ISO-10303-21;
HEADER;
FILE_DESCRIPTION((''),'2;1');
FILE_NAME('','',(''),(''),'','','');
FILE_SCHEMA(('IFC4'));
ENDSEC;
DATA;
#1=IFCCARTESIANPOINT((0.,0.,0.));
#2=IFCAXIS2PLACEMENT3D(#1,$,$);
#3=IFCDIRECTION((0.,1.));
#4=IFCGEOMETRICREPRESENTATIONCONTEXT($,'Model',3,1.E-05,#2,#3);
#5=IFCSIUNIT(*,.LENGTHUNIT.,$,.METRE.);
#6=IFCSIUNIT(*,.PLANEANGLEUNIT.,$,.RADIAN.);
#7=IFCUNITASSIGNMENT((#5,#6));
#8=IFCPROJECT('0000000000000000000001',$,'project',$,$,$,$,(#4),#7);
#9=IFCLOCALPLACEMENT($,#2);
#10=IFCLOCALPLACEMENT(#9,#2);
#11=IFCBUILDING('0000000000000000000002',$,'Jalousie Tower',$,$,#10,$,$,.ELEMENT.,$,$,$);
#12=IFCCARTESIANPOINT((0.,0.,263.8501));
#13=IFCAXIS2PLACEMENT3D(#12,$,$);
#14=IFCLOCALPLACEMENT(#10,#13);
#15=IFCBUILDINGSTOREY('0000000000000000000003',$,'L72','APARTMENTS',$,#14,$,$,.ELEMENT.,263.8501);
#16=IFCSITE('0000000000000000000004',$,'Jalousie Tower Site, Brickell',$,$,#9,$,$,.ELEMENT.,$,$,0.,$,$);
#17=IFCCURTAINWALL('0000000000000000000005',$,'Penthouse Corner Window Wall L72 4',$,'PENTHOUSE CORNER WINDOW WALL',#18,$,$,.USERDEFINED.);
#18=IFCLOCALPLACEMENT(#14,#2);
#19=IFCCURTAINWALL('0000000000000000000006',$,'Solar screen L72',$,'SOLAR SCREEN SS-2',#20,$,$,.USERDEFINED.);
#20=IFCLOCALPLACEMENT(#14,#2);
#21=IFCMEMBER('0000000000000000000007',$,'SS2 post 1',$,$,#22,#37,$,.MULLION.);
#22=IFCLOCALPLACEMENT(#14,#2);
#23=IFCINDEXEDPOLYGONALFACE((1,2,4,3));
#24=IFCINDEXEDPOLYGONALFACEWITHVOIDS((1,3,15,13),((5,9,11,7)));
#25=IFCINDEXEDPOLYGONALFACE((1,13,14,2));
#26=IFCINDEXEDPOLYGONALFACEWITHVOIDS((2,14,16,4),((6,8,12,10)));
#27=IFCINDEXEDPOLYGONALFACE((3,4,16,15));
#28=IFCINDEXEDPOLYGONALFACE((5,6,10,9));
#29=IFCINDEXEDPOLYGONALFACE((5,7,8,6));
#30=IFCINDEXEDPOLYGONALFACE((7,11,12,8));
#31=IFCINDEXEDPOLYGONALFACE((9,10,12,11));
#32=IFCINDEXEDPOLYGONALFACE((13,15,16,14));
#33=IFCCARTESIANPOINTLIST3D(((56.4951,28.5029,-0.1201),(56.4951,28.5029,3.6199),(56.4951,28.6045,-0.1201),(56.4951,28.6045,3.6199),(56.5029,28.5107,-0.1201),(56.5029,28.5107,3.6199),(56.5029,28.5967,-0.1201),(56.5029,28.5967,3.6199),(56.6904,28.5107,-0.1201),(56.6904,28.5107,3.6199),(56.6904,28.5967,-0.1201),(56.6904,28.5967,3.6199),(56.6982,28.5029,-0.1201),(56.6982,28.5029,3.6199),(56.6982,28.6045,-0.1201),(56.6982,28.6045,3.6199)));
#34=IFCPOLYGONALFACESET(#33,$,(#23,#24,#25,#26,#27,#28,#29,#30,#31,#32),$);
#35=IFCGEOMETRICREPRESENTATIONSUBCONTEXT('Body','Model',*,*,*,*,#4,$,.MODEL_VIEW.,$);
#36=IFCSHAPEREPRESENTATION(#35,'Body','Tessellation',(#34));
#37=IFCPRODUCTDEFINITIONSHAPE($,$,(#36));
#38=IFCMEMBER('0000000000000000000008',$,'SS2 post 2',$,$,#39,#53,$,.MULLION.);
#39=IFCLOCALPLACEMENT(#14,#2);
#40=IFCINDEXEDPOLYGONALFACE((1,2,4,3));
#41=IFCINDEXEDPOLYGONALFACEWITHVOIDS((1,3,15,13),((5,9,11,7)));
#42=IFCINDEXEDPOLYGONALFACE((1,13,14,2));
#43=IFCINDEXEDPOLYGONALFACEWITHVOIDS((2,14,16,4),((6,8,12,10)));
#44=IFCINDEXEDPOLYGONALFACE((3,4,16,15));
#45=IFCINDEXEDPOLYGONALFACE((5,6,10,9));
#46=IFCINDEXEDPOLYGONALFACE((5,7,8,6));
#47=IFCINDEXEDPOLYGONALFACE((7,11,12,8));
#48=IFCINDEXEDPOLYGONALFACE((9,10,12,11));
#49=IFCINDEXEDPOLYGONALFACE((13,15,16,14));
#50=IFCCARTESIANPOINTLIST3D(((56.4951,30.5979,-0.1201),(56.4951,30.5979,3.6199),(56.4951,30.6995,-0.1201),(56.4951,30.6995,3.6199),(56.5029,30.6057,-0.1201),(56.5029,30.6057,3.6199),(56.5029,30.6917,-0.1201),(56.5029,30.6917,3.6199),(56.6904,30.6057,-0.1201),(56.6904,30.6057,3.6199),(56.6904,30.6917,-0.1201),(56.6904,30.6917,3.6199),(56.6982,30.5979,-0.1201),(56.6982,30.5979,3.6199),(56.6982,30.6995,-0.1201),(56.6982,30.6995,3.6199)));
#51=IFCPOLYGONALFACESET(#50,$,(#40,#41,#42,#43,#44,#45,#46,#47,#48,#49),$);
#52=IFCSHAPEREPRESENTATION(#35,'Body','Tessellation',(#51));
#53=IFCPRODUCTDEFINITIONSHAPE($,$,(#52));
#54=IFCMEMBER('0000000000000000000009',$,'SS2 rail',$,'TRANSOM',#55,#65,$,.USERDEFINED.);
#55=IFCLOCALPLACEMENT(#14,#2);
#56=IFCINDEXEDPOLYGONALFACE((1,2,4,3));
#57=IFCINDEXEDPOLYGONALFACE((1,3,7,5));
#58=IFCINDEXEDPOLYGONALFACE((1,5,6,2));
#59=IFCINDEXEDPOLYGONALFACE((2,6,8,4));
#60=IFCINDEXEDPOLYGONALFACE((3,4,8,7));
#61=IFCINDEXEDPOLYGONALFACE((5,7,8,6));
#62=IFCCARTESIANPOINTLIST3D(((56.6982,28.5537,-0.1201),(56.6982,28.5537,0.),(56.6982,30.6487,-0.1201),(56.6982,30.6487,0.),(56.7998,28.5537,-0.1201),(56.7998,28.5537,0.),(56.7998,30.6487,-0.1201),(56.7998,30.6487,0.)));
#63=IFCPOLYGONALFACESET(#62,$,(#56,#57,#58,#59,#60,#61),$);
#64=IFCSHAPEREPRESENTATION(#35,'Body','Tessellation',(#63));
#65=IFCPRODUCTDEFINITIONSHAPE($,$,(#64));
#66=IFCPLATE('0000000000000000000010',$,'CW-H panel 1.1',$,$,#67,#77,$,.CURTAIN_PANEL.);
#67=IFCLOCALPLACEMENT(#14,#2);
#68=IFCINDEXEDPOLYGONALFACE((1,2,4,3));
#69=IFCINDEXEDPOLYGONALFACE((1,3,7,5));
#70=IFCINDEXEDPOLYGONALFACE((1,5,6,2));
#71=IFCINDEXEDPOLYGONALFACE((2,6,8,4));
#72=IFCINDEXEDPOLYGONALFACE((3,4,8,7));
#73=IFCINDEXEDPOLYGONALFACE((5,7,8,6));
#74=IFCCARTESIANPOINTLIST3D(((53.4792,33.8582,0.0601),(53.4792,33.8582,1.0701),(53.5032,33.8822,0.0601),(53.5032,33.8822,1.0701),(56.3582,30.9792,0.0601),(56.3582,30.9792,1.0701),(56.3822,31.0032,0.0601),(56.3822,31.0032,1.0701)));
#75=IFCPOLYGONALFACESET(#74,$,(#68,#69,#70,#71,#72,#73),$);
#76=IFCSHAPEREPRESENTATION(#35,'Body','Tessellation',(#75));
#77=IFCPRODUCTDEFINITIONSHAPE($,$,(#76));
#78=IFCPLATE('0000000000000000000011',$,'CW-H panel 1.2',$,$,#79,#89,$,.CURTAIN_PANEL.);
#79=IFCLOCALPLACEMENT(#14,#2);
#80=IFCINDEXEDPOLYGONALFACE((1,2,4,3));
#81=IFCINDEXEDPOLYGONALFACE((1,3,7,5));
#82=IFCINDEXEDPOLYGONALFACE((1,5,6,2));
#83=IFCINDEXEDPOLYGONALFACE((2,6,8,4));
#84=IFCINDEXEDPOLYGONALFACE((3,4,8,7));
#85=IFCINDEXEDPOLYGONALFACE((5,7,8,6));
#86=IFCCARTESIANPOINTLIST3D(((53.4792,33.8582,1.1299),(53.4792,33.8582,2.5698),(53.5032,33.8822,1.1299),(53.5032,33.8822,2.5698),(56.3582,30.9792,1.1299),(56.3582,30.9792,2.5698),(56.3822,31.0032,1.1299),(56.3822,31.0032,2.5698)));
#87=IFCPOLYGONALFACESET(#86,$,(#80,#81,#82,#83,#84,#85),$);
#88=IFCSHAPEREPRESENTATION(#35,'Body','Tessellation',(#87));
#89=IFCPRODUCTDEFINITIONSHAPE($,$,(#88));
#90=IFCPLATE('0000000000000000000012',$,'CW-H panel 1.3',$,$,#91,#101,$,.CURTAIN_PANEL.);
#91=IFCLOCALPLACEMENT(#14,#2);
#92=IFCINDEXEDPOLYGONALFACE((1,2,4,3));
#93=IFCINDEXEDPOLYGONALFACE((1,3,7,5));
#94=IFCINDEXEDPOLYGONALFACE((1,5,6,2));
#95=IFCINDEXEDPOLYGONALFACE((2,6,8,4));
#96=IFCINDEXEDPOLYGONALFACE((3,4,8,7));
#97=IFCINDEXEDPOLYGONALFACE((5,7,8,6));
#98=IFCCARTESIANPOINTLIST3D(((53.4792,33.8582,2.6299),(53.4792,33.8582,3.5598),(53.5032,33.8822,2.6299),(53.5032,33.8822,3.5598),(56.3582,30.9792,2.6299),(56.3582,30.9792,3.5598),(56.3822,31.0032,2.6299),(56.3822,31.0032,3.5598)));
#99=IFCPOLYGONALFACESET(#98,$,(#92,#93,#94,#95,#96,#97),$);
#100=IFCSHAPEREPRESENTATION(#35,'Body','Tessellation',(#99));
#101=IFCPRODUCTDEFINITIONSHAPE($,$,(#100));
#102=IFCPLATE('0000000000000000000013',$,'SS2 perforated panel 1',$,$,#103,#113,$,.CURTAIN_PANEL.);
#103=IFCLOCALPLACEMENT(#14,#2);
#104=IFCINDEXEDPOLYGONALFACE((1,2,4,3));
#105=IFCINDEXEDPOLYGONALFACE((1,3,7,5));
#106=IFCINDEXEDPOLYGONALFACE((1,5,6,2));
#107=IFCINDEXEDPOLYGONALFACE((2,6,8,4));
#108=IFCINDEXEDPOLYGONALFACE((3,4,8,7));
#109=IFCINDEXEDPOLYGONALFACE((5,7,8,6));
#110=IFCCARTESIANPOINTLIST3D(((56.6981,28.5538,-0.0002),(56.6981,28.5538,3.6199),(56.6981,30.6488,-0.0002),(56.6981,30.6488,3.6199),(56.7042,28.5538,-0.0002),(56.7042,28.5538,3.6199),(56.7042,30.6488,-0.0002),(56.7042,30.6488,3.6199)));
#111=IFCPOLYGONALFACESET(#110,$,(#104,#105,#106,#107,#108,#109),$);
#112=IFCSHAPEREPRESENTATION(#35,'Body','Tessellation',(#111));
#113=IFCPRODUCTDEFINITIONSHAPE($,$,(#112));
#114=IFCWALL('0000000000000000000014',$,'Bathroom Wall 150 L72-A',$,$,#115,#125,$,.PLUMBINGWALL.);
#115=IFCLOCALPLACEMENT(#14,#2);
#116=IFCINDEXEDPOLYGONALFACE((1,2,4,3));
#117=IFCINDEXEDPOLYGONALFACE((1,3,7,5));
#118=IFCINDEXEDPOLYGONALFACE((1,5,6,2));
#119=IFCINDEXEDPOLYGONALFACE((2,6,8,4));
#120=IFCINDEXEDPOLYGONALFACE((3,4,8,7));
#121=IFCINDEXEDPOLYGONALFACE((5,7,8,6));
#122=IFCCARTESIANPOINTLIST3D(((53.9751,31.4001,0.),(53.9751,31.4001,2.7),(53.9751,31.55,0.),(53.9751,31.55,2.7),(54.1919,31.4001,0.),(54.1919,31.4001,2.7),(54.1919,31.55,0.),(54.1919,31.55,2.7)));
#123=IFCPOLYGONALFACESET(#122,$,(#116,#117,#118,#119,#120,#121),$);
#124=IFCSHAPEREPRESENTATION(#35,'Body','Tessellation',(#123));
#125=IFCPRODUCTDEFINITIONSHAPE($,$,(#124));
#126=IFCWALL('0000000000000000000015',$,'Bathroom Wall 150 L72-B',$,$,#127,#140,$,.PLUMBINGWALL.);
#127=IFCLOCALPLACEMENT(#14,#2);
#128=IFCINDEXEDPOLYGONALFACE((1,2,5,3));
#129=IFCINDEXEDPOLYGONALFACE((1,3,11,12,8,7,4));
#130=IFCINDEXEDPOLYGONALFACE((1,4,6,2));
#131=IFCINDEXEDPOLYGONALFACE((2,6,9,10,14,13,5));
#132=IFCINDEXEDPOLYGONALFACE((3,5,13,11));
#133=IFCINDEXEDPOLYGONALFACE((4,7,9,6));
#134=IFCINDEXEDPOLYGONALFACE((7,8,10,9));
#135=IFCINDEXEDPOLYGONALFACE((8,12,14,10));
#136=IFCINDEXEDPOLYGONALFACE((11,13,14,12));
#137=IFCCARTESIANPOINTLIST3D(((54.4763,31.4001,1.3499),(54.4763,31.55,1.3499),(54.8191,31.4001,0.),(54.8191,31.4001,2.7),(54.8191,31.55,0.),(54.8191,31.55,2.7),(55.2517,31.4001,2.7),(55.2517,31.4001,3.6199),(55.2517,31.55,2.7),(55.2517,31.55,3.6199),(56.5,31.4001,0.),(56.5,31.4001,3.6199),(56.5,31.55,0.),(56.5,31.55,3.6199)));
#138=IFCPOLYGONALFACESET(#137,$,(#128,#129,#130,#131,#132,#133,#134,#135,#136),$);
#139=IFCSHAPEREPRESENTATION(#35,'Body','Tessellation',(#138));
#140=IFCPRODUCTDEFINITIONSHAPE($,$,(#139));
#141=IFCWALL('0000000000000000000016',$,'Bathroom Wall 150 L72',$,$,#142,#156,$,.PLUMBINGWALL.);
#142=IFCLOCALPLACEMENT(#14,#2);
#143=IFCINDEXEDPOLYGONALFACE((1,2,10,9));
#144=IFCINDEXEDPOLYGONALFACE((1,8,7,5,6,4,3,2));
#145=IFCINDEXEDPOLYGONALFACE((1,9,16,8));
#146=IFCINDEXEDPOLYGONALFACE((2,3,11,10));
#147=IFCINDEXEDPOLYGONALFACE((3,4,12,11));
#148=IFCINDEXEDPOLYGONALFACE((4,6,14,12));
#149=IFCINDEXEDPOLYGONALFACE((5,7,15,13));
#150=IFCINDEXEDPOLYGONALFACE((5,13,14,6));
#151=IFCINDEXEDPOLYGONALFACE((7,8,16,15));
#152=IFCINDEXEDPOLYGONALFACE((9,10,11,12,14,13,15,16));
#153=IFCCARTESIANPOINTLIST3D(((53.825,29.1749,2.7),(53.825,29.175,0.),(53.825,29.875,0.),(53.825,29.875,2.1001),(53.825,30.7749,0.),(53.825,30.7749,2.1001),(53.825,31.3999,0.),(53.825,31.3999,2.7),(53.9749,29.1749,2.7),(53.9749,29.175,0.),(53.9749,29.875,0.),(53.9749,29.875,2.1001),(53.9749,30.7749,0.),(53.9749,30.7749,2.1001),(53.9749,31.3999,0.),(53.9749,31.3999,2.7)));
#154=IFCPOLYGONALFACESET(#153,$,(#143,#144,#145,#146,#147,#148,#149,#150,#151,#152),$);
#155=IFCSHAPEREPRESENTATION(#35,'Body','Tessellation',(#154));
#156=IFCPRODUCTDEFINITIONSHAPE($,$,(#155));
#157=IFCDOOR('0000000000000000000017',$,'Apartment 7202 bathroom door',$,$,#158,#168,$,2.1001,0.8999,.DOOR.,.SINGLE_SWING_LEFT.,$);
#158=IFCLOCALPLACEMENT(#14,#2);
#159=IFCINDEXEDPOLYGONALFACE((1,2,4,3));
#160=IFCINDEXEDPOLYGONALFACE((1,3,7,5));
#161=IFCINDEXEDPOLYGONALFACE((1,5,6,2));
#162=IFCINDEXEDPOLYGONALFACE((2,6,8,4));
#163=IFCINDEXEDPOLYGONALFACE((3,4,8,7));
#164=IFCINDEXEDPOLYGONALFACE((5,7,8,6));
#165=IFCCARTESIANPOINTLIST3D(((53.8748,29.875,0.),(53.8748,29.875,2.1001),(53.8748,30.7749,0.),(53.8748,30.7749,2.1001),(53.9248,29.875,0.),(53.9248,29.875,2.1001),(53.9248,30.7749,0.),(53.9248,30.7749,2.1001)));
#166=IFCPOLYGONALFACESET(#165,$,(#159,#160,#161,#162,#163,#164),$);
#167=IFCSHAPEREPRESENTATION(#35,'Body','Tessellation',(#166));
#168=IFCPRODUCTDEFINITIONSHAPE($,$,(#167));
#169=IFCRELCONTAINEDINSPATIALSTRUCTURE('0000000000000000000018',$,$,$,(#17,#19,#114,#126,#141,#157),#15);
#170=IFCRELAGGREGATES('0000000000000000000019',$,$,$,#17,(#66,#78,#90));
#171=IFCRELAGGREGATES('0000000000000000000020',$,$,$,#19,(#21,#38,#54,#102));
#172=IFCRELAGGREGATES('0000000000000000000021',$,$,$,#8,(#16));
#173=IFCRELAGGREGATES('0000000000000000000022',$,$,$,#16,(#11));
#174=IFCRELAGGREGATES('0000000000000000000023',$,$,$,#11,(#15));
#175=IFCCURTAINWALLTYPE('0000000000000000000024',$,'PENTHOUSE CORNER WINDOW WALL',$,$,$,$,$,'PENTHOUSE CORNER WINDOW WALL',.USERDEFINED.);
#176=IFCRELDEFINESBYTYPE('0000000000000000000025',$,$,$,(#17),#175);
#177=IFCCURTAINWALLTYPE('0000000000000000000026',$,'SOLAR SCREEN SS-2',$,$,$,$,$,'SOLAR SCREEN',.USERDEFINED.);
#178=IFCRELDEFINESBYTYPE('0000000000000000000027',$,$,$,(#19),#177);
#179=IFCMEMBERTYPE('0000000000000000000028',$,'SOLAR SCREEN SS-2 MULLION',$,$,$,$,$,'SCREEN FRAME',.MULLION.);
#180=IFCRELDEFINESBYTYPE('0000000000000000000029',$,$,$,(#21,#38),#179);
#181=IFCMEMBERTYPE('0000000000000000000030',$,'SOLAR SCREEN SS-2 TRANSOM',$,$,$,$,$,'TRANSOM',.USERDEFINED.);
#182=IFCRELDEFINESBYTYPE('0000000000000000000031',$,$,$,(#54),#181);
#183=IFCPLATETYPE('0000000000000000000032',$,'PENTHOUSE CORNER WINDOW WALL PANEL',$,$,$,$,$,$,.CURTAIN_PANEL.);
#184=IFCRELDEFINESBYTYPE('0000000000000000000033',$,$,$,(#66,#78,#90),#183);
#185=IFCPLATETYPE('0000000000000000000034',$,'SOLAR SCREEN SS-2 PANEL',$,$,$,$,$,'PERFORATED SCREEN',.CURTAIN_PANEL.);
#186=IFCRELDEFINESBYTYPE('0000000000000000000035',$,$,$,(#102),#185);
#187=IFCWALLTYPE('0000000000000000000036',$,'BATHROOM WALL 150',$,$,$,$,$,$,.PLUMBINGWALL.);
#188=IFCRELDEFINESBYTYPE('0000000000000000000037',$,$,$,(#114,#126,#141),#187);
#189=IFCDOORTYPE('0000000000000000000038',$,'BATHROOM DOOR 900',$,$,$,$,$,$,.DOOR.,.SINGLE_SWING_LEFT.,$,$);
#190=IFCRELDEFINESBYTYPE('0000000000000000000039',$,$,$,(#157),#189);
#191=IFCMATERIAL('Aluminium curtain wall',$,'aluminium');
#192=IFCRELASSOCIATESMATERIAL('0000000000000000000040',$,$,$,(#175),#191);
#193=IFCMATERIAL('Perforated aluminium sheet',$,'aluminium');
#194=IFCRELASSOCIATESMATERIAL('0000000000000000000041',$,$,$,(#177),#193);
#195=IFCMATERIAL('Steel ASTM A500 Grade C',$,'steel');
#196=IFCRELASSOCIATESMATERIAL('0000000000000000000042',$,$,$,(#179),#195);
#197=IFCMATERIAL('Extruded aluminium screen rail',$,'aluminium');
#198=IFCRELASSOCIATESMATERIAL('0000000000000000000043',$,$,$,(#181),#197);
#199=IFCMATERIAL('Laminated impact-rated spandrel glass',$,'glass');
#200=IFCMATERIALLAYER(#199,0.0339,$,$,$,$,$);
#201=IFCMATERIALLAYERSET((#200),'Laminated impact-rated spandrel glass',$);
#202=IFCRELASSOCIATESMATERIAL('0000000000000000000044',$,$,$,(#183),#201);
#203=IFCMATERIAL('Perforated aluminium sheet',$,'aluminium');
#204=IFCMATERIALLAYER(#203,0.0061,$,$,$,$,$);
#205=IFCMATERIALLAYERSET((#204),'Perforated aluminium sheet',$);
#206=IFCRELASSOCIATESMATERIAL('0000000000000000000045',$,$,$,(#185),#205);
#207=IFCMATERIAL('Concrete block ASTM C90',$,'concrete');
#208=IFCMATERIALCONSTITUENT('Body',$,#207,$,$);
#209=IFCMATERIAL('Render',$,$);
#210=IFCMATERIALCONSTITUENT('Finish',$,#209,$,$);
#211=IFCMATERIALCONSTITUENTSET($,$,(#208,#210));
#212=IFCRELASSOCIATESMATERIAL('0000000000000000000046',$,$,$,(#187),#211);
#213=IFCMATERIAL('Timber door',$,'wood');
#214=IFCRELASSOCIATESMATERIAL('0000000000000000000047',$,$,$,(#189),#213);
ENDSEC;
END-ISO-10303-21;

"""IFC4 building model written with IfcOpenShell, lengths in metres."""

from ifc_helpers import new_model, si_unit, direction, frame, frame_2d, origin, origin_2d, place, context, subcontext, project, spatial, polyline, rectangle, hollow_rectangle, outline, extrude, material, layer, layer_set, constituent, constituent_set, material_profile, profile_set, type_object, element, fill, aggregate, save


model = new_model("IFC4")

# Units and contexts
model_context = context("Model", 3, precision=1e-05, world=origin(), true_north=direction((0.0, 1.0)))
body_context = subcontext(model_context, "Body", "Model", "MODEL_VIEW")
ifc_project = project(units=[si_unit("LENGTHUNIT", "METRE"), si_unit("PLANEANGLEUNIT", "RADIAN")], contexts=[model_context])

# Site, building, storey
site_placement = place(None, origin())
site = spatial("IfcSite", under=ifc_project, at=site_placement, Name="Jalousie Tower Site, Brickell", CompositionType="ELEMENT", RefElevation=0.0)
building_placement = place(site_placement, origin())
building = spatial("IfcBuilding", under=site, at=building_placement, Name="Jalousie Tower", CompositionType="ELEMENT")
storey_placement = place(building_placement, frame((0.0, 0.0, 263.8501)))
storey = spatial("IfcBuildingStorey", under=building, at=storey_placement, Name="L72", Description="APARTMENTS", CompositionType="ELEMENT", Elevation=263.8501)

# Curtain wall
ifc_material_1 = material(Name="Aluminium curtain wall", Category="aluminium")
curtain_wall_type_1 = type_object("IfcCurtainWallType", Name="PENTHOUSE CORNER WINDOW WALL", ElementType="PENTHOUSE CORNER WINDOW WALL", PredefinedType="USERDEFINED", material=ifc_material_1)
curtain_wall_1_placement = place(storey_placement, origin())
curtain_wall_1 = element("IfcCurtainWall", 1, at=curtain_wall_1_placement, inside=storey, type_object=curtain_wall_type_1, Name="Penthouse Corner Window Wall L72 4", ObjectType="PENTHOUSE CORNER WINDOW WALL", PredefinedType="USERDEFINED")

# Curtain wall, members
ifc_material_2 = material(Name="Perforated aluminium sheet", Category="aluminium")
curtain_wall_type_2 = type_object("IfcCurtainWallType", Name="SOLAR SCREEN SS-2", ElementType="SOLAR SCREEN", PredefinedType="USERDEFINED", material=ifc_material_2)
curtain_wall_2_placement = place(storey_placement, origin())
curtain_wall_2 = element("IfcCurtainWall", 2, at=curtain_wall_2_placement, inside=storey, type_object=curtain_wall_type_2, Name="Solar screen L72", ObjectType="SOLAR SCREEN SS-2", PredefinedType="USERDEFINED")
ifc_material_3 = material(Name="Steel ASTM A500 Grade C", Category="steel")
ifc_material_profile_1 = material_profile(ifc_material_3, hollow_rectangle(XDim=0.1016, YDim=0.2031, WallThickness=0.0078, at=origin_2d()), Name="HSS8X4X5/16")
ifc_profile_set_1 = profile_set([ifc_material_profile_1], Name="Steel ASTM A500 Grade C")
member_type_1 = type_object("IfcMemberType", Name="SOLAR SCREEN SS-2 MULLION", ElementType="SCREEN FRAME", PredefinedType="MULLION", material=ifc_profile_set_1)
member_1_placement = place(storey_placement, frame((56.5967, 28.5537, -0.1201), z_axis=(0.0, 0.0, 1.0), x_axis=(0.0, 1.0, 0.0)))
member_1 = element("IfcMember", 3, at=member_1_placement, type_object=member_type_1, Name="SS2 post 1", PredefinedType="MULLION", context=body_context, shape_type="SweptSolid", body=[
    extrude(hollow_rectangle(XDim=0.1016, YDim=0.2031, WallThickness=0.0078, at=origin_2d()), origin(), (0.0, 0.0, 1.0), 3.74),
])
member_2_placement = place(storey_placement, frame((56.5967, 30.6487, -0.1201), z_axis=(0.0, 0.0, 1.0), x_axis=(0.0, 1.0, 0.0)))
member_2 = element("IfcMember", 4, at=member_2_placement, type_object=member_type_1, Name="SS2 post 2", PredefinedType="MULLION", context=body_context, shape_type="SweptSolid", body=[
    extrude(hollow_rectangle(XDim=0.1016, YDim=0.2031, WallThickness=0.0078, at=origin_2d()), origin(), (0.0, 0.0, 1.0), 3.74),
])
ifc_material_4 = material(Name="Extruded aluminium screen rail", Category="aluminium")
ifc_material_profile_2 = material_profile(ifc_material_4, rectangle(XDim=0.1016, YDim=0.1201, at=origin_2d()), Name="RAIL 102x120")
ifc_profile_set_2 = profile_set([ifc_material_profile_2], Name="Extruded aluminium screen rail")
member_type_2 = type_object("IfcMemberType", Name="SOLAR SCREEN SS-2 TRANSOM", ElementType="TRANSOM", PredefinedType="USERDEFINED", material=ifc_profile_set_2)
member_3_placement = place(storey_placement, frame((56.749, 28.5537, -0.0601), z_axis=(0.0, 1.0, 0.0), x_axis=(-1.0, 0.0, 0.0)))
member_3 = element("IfcMember", 5, at=member_3_placement, type_object=member_type_2, Name="SS2 rail", ObjectType="TRANSOM", PredefinedType="USERDEFINED", context=body_context, shape_type="SweptSolid", body=[
    extrude(rectangle(XDim=0.1016, YDim=0.1201, at=origin_2d()), origin(), (0.0, 0.0, 1.0), 2.095),
])

# Plates
ifc_material_5 = material(Name="Laminated impact-rated spandrel glass", Category="glass")
ifc_layer_1 = layer(ifc_material_5, 0.0339)
ifc_layer_set_1 = layer_set([ifc_layer_1], Name="Laminated impact-rated spandrel glass")
plate_type_1 = type_object("IfcPlateType", Name="PENTHOUSE CORNER WINDOW WALL PANEL", PredefinedType="CURTAIN_PANEL", material=ifc_layer_set_1)
plate_1_placement = place(storey_placement, frame((54.9307, 32.4307, 0.0601), z_axis=(0.0, 0.0, 1.0), x_axis=(-0.707107, 0.707107, 0.0)))
plate_1 = element("IfcPlate", 6, at=plate_1_placement, type_object=plate_type_1, Name="CW-H panel 1.1", PredefinedType="CURTAIN_PANEL", context=body_context, shape_type="SweptSolid", body=[
    extrude(rectangle(XDim=4.0715, YDim=0.0339, at=origin_2d()), origin(), (0.0, 0.0, 1.0), 1.01),
])
plate_2_placement = place(storey_placement, frame((54.9307, 32.4307, 1.1299), z_axis=(0.0, 0.0, 1.0), x_axis=(-0.707107, 0.707107, 0.0)))
plate_2 = element("IfcPlate", 7, at=plate_2_placement, type_object=plate_type_1, Name="CW-H panel 1.2", PredefinedType="CURTAIN_PANEL", context=body_context, shape_type="SweptSolid", body=[
    extrude(rectangle(XDim=4.0715, YDim=0.0339, at=origin_2d()), origin(), (0.0, 0.0, 1.0), 1.4399),
])
plate_3_placement = place(storey_placement, frame((54.9307, 32.4307, 2.6299), z_axis=(0.0, 0.0, 1.0), x_axis=(-0.707107, 0.707107, 0.0)))
plate_3 = element("IfcPlate", 8, at=plate_3_placement, type_object=plate_type_1, Name="CW-H panel 1.3", PredefinedType="CURTAIN_PANEL", context=body_context, shape_type="SweptSolid", body=[
    extrude(rectangle(XDim=4.0715, YDim=0.0339, at=origin_2d()), origin(), (0.0, 0.0, 1.0), 0.9299),
])
aggregate(curtain_wall_1, [plate_1, plate_2, plate_3])
ifc_material_6 = material(Name="Perforated aluminium sheet", Category="aluminium")
ifc_layer_2 = layer(ifc_material_6, 0.0061)
ifc_layer_set_2 = layer_set([ifc_layer_2], Name="Perforated aluminium sheet")
plate_type_2 = type_object("IfcPlateType", Name="SOLAR SCREEN SS-2 PANEL", ElementType="PERFORATED SCREEN", PredefinedType="CURTAIN_PANEL", material=ifc_layer_set_2)
plate_4_placement = place(storey_placement, frame((56.7012, 29.6013, -0.0002), z_axis=(0.0, 0.0, 1.0), x_axis=(0.0, 1.0, 0.0)))
plate_4 = element("IfcPlate", 9, at=plate_4_placement, type_object=plate_type_2, Name="SS2 perforated panel 1", PredefinedType="CURTAIN_PANEL", context=body_context, shape_type="SweptSolid", body=[
    extrude(rectangle(XDim=2.095, YDim=0.0061, at=origin_2d()), origin(), (0.0, 0.0, 1.0), 3.6201),
])
aggregate(curtain_wall_2, [member_1, member_2, member_3, plate_4])

# Walls
ifc_material_7 = material(Name="Concrete block ASTM C90", Category="concrete")
ifc_constituent_1 = constituent(ifc_material_7, Name="Body")
ifc_material_8 = material(Name="Render")
ifc_constituent_2 = constituent(ifc_material_8, Name="Finish")
ifc_constituent_set = constituent_set(constituents=[ifc_constituent_1, ifc_constituent_2])
wall_type = type_object("IfcWallType", Name="BATHROOM WALL 150", PredefinedType="PLUMBINGWALL", material=ifc_constituent_set)
wall_1_placement = place(storey_placement, frame((53.9751, 31.4751, 0.0), z_axis=(0.0, 0.0, 1.0), x_axis=(1.0, 0.0, 0.0)))
element("IfcWall", 10, at=wall_1_placement, inside=storey, type_object=wall_type, Name="Bathroom Wall 150 L72-A", PredefinedType="PLUMBINGWALL", context=body_context, shape_type="SweptSolid", body=[
    extrude(rectangle(XDim=0.2168, YDim=0.1499, at=frame_2d((0.1084, 0.0))), origin(), (0.0, 0.0, 1.0), 2.7),
])
wall_2_placement = place(storey_placement, frame((54.4763, 31.4751, 0.0), z_axis=(0.0, 0.0, 1.0), x_axis=(1.0, 0.0, 0.0)))
element("IfcWall", 11, at=wall_2_placement, inside=storey, type_object=wall_type, Name="Bathroom Wall 150 L72-B", PredefinedType="PLUMBINGWALL", context=body_context, shape_type="SweptSolid", body=[
    extrude(outline(polyline([(0.7754, 3.6199), (0.7754, 2.7), (0.3428, 2.7), (0.0, 1.3499), (0.3428, 0.0), (2.0237, 0.0), (2.0237, 3.6199), (0.7754, 3.6199)])), frame((0.0, 0.075, 0.0), z_axis=(0.0, -1.0, 0.0), x_axis=(1.0, 0.0, 0.0)), (0.0, 0.0, 1.0), 0.1499),
])

# Wall, opening, door
wall_3_placement = place(storey_placement, frame((53.8999, 31.3999, 0.0), z_axis=(0.0, 0.0, 1.0), x_axis=(0.0, -1.0, 0.0)))
wall_3 = element("IfcWall", 12, at=wall_3_placement, inside=storey, type_object=wall_type, Name="Bathroom Wall 150 L72", PredefinedType="PLUMBINGWALL", context=body_context, shape_type="SweptSolid", body=[
    extrude(outline(polyline([(0.0, 0.0), (2.2249, 0.0), (2.2251, 3.6199), (2.2251, 2.7), (0.438, 2.7), (0.0, 2.7), (0.0, 3.6199), (0.0, 0.0)])), frame((0.0, 0.075, 0.0), z_axis=(0.0, -1.0, 0.0), x_axis=(1.0, 0.0, 0.0)), (0.0, 0.0, 1.0), 0.1499),
])
opening_placement = place(wall_3_placement, frame((0.625, 0.0, 0.0)))
opening = element("IfcOpeningElement", 13, at=opening_placement, cuts=wall_3, PredefinedType="OPENING", context=body_context, shape_type="SweptSolid", body=[
    extrude(rectangle(XDim=0.8999, YDim=2.1001, at=frame_2d((0.45, 1.05))), frame((0.0, 0.085, 0.0), z_axis=(0.0, -1.0, 0.0), x_axis=(1.0, 0.0, 0.0)), (0.0, 0.0, 1.0), 0.1699),
])
ifc_material_9 = material(Name="Timber door", Category="wood")
door_type = type_object("IfcDoorType", Name="BATHROOM DOOR 900", OperationType="SINGLE_SWING_LEFT", PredefinedType="DOOR", material=ifc_material_9)
door_placement = place(opening_placement, origin())
door = element("IfcDoor", 14, at=door_placement, inside=storey, type_object=door_type, Name="Apartment 7202 bathroom door", OperationType="SINGLE_SWING_LEFT", OverallHeight=2.1001, OverallWidth=0.8999, PredefinedType="DOOR", context=body_context, shape_type="SweptSolid", body=[
    extrude(rectangle(XDim=0.8999, YDim=2.1001, at=frame_2d((0.45, 1.05))), frame((0.0, 0.0249, 0.0), z_axis=(0.0, -1.0, 0.0), x_axis=(1.0, 0.0, 0.0)), (0.0, 0.0, 1.0), 0.05),
])
fill(opening, door)

save(model, "model.ifc")
